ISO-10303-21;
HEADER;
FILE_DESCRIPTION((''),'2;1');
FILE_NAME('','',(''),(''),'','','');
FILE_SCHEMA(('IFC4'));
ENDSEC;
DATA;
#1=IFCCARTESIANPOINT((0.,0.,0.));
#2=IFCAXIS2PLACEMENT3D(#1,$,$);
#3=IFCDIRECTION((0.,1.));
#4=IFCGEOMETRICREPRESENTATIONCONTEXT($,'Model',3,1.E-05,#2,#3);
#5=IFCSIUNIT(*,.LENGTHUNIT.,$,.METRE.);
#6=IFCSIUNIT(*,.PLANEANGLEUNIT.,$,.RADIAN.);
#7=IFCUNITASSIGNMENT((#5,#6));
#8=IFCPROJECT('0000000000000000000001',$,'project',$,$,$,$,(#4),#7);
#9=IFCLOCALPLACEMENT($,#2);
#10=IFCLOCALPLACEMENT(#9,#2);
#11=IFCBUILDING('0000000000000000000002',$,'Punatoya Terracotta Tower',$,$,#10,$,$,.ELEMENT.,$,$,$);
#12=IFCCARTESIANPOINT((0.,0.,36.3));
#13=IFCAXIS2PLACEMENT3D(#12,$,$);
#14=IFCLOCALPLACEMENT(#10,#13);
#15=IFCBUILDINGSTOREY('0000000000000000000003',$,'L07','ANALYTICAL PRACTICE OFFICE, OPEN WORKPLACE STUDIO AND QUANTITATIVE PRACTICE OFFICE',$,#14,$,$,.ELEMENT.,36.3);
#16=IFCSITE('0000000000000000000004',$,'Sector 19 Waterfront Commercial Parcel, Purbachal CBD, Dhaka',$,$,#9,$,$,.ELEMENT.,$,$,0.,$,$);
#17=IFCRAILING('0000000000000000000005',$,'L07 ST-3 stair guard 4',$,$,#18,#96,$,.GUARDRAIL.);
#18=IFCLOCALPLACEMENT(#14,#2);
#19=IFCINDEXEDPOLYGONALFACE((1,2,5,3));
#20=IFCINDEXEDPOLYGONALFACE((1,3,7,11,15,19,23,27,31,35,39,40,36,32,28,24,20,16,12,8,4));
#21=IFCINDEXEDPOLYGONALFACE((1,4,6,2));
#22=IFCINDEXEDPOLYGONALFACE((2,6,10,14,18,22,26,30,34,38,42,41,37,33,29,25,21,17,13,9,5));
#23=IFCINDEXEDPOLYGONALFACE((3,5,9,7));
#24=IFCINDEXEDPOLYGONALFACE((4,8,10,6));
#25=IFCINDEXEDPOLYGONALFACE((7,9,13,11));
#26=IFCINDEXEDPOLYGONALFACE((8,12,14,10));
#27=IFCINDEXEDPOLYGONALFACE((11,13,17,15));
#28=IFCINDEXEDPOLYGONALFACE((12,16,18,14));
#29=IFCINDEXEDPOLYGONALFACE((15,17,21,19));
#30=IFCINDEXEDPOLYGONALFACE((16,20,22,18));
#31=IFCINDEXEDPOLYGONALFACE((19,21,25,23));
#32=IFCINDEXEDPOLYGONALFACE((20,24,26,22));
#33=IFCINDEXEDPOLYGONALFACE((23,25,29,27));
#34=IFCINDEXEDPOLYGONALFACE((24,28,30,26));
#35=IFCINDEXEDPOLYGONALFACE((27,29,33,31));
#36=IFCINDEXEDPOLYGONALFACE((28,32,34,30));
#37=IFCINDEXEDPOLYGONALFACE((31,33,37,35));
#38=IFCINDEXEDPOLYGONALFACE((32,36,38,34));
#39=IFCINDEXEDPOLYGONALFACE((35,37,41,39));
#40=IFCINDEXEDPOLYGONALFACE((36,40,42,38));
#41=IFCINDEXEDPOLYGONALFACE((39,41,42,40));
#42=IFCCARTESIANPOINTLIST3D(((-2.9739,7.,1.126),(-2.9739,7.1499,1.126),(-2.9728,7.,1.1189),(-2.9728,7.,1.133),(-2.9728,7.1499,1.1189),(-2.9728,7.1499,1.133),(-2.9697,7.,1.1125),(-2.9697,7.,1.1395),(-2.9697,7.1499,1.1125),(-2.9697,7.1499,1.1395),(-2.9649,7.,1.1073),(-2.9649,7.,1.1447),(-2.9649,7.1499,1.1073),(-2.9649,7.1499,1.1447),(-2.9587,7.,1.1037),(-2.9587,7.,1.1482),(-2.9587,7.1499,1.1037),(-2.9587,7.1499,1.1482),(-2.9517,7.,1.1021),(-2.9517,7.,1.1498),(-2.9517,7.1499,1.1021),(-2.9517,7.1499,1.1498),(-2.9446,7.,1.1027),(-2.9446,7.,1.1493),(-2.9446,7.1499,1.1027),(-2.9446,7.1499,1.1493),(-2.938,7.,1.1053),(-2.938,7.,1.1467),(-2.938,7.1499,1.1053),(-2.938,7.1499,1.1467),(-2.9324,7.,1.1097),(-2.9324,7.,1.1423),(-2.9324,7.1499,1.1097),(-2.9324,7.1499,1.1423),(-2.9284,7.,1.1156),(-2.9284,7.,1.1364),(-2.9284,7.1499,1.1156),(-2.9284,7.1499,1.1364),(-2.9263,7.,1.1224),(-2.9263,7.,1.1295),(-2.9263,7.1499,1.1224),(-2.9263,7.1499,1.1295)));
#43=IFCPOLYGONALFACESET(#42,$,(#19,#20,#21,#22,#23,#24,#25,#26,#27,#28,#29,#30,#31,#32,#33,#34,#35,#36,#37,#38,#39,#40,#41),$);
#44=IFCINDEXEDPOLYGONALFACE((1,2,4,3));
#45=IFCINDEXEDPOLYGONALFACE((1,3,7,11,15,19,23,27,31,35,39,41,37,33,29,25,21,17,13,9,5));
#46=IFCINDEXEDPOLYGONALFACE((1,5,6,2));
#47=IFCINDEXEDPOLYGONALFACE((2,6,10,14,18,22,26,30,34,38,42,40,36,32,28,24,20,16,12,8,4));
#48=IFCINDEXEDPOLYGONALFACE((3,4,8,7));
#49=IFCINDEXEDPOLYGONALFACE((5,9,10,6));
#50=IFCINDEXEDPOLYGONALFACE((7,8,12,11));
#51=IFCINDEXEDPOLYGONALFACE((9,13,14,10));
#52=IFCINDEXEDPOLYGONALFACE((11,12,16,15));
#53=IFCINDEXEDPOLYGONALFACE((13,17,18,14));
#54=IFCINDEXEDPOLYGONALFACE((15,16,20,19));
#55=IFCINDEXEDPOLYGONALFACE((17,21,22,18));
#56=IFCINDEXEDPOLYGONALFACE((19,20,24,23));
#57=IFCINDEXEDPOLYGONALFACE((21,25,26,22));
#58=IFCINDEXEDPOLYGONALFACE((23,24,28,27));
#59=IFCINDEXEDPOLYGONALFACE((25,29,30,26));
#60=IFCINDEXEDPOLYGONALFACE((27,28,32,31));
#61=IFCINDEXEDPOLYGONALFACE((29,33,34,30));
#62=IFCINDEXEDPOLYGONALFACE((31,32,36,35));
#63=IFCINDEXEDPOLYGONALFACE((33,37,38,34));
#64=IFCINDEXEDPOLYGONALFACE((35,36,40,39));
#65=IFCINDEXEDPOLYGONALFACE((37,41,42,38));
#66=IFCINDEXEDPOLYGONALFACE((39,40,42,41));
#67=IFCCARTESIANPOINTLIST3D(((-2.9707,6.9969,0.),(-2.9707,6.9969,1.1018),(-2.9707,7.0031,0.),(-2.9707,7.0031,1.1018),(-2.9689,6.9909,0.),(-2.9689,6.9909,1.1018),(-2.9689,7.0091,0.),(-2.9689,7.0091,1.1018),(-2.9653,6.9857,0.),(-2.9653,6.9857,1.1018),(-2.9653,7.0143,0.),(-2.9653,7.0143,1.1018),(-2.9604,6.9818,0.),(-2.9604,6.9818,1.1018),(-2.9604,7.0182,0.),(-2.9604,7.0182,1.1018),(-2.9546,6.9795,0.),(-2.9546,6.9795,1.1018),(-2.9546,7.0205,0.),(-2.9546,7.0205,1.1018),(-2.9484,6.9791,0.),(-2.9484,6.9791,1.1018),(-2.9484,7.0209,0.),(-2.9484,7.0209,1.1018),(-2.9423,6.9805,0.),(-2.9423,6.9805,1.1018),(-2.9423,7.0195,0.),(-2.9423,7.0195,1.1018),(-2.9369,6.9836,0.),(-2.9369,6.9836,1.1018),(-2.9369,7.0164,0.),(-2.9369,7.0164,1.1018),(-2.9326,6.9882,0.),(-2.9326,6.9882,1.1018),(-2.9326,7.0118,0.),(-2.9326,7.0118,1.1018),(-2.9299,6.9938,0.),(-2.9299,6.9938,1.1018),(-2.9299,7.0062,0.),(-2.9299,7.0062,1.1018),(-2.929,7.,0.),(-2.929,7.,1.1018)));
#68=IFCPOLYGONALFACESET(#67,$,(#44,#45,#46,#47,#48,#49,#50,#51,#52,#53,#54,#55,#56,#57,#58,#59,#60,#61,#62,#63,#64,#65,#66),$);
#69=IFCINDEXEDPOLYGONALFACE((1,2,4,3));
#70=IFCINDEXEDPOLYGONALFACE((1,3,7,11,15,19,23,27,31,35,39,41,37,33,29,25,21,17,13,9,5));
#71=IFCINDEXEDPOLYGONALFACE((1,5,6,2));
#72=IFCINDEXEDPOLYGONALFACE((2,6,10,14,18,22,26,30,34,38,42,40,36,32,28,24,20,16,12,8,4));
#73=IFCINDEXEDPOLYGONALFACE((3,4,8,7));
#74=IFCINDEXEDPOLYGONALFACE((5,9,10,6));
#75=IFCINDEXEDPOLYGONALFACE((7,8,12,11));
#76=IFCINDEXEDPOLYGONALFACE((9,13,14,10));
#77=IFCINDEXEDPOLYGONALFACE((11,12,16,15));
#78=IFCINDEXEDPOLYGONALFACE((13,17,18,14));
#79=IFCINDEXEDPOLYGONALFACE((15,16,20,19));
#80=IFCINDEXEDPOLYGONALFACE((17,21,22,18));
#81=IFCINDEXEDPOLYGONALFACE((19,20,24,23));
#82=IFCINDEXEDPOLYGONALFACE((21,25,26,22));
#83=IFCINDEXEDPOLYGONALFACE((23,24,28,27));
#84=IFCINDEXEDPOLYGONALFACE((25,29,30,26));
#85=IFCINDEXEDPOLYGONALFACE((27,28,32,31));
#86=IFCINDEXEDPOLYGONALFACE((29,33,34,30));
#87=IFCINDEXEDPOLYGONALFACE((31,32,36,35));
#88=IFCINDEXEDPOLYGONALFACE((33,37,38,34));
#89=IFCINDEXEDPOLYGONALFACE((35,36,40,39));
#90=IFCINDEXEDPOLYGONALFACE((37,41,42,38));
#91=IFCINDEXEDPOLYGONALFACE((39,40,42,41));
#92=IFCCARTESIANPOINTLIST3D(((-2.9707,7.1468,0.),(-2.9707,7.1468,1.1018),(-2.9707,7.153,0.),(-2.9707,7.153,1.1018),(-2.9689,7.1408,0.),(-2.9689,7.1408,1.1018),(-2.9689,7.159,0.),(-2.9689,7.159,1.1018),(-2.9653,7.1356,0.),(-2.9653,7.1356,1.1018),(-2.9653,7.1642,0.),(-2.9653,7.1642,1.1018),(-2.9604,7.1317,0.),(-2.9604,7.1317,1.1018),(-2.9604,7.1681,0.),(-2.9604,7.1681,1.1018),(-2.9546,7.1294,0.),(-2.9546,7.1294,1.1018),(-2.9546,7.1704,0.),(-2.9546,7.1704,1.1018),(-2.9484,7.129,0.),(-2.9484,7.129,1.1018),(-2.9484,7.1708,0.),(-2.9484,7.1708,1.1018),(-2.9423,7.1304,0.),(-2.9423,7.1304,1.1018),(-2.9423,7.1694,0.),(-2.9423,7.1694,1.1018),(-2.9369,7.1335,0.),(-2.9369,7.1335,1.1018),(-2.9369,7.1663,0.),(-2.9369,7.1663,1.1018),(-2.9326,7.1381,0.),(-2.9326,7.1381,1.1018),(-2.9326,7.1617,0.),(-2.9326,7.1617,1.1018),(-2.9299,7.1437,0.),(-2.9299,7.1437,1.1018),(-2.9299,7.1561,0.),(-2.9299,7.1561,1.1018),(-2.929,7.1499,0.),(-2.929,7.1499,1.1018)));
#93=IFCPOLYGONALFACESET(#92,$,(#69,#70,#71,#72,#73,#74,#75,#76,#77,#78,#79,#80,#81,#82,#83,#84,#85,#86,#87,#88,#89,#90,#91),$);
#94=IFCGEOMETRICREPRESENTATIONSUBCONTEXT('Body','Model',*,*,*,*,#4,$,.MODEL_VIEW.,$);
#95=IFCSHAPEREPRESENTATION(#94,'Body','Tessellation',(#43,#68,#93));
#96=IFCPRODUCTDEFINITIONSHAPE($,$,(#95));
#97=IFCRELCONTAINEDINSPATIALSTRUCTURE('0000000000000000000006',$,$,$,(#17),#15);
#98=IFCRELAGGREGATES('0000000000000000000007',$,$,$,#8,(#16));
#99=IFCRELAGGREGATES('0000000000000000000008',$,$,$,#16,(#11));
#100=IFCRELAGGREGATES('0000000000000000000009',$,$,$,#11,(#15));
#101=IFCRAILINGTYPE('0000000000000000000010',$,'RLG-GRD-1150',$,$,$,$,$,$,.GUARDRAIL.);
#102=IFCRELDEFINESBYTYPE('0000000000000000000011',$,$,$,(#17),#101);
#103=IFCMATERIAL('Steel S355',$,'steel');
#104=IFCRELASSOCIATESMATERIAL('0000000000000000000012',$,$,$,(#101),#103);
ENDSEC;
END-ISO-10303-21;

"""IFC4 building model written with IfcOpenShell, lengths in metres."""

from ifc_helpers import new_model, si_unit, direction, frame, origin, origin_2d, place, context, subcontext, project, spatial, circle, extrude, material, type_object, element, save


model = new_model("IFC4")

# Units and contexts
model_context = context("Model", 3, precision=1e-05, world=origin(), true_north=direction((0.0, 1.0)))
body_context = subcontext(model_context, "Body", "Model", "MODEL_VIEW")
ifc_project = project(units=[si_unit("LENGTHUNIT", "METRE"), si_unit("PLANEANGLEUNIT", "RADIAN")], contexts=[model_context])

# Site, building, storey
site_placement = place(None, origin())
site = spatial("IfcSite", under=ifc_project, at=site_placement, Name="Sector 19 Waterfront Commercial Parcel, Purbachal CBD, Dhaka", CompositionType="ELEMENT", RefElevation=0.0)
building_placement = place(site_placement, origin())
building = spatial("IfcBuilding", under=site, at=building_placement, Name="Punatoya Terracotta Tower", CompositionType="ELEMENT")
storey_placement = place(building_placement, frame((0.0, 0.0, 36.3)))
storey = spatial("IfcBuildingStorey", under=building, at=storey_placement, Name="L07", Description="ANALYTICAL PRACTICE OFFICE, OPEN WORKPLACE STUDIO AND QUANTITATIVE PRACTICE OFFICE", CompositionType="ELEMENT", Elevation=36.3)

# Shared definitions
ifc_material_1 = material(Name="Steel S355", Category="steel")

# Railing
railing_type_1 = type_object("IfcRailingType", Name="RLG-GRD-1150", PredefinedType="GUARDRAIL", material=ifc_material_1)
railing_1_placement = place(storey_placement, frame((-2.95, 7.0, 0.0)))
element("IfcRailing", 1, at=railing_1_placement, inside=storey, type_object=railing_type_1, Name="L07 ST-3 stair guard 4", PredefinedType="GUARDRAIL", context=body_context, shape_type="SweptSolid", body=[
    extrude(circle(Radius=0.0239, at=origin_2d()), frame((0.0, 0.0, 1.126), z_axis=(0.0, 1.0, 0.0), x_axis=(-1.0, 0.0, 0.0)), (0.0, 0.0, 1.0), 0.1499),
    extrude(circle(Radius=0.021, at=origin_2d()), origin(), (0.0, 0.0, 1.0), 1.1018),
    extrude(circle(Radius=0.021, at=origin_2d()), frame((0.0, 0.1499, 0.0)), (0.0, 0.0, 1.0), 1.1018),
])

save(model, "model.ifc")
